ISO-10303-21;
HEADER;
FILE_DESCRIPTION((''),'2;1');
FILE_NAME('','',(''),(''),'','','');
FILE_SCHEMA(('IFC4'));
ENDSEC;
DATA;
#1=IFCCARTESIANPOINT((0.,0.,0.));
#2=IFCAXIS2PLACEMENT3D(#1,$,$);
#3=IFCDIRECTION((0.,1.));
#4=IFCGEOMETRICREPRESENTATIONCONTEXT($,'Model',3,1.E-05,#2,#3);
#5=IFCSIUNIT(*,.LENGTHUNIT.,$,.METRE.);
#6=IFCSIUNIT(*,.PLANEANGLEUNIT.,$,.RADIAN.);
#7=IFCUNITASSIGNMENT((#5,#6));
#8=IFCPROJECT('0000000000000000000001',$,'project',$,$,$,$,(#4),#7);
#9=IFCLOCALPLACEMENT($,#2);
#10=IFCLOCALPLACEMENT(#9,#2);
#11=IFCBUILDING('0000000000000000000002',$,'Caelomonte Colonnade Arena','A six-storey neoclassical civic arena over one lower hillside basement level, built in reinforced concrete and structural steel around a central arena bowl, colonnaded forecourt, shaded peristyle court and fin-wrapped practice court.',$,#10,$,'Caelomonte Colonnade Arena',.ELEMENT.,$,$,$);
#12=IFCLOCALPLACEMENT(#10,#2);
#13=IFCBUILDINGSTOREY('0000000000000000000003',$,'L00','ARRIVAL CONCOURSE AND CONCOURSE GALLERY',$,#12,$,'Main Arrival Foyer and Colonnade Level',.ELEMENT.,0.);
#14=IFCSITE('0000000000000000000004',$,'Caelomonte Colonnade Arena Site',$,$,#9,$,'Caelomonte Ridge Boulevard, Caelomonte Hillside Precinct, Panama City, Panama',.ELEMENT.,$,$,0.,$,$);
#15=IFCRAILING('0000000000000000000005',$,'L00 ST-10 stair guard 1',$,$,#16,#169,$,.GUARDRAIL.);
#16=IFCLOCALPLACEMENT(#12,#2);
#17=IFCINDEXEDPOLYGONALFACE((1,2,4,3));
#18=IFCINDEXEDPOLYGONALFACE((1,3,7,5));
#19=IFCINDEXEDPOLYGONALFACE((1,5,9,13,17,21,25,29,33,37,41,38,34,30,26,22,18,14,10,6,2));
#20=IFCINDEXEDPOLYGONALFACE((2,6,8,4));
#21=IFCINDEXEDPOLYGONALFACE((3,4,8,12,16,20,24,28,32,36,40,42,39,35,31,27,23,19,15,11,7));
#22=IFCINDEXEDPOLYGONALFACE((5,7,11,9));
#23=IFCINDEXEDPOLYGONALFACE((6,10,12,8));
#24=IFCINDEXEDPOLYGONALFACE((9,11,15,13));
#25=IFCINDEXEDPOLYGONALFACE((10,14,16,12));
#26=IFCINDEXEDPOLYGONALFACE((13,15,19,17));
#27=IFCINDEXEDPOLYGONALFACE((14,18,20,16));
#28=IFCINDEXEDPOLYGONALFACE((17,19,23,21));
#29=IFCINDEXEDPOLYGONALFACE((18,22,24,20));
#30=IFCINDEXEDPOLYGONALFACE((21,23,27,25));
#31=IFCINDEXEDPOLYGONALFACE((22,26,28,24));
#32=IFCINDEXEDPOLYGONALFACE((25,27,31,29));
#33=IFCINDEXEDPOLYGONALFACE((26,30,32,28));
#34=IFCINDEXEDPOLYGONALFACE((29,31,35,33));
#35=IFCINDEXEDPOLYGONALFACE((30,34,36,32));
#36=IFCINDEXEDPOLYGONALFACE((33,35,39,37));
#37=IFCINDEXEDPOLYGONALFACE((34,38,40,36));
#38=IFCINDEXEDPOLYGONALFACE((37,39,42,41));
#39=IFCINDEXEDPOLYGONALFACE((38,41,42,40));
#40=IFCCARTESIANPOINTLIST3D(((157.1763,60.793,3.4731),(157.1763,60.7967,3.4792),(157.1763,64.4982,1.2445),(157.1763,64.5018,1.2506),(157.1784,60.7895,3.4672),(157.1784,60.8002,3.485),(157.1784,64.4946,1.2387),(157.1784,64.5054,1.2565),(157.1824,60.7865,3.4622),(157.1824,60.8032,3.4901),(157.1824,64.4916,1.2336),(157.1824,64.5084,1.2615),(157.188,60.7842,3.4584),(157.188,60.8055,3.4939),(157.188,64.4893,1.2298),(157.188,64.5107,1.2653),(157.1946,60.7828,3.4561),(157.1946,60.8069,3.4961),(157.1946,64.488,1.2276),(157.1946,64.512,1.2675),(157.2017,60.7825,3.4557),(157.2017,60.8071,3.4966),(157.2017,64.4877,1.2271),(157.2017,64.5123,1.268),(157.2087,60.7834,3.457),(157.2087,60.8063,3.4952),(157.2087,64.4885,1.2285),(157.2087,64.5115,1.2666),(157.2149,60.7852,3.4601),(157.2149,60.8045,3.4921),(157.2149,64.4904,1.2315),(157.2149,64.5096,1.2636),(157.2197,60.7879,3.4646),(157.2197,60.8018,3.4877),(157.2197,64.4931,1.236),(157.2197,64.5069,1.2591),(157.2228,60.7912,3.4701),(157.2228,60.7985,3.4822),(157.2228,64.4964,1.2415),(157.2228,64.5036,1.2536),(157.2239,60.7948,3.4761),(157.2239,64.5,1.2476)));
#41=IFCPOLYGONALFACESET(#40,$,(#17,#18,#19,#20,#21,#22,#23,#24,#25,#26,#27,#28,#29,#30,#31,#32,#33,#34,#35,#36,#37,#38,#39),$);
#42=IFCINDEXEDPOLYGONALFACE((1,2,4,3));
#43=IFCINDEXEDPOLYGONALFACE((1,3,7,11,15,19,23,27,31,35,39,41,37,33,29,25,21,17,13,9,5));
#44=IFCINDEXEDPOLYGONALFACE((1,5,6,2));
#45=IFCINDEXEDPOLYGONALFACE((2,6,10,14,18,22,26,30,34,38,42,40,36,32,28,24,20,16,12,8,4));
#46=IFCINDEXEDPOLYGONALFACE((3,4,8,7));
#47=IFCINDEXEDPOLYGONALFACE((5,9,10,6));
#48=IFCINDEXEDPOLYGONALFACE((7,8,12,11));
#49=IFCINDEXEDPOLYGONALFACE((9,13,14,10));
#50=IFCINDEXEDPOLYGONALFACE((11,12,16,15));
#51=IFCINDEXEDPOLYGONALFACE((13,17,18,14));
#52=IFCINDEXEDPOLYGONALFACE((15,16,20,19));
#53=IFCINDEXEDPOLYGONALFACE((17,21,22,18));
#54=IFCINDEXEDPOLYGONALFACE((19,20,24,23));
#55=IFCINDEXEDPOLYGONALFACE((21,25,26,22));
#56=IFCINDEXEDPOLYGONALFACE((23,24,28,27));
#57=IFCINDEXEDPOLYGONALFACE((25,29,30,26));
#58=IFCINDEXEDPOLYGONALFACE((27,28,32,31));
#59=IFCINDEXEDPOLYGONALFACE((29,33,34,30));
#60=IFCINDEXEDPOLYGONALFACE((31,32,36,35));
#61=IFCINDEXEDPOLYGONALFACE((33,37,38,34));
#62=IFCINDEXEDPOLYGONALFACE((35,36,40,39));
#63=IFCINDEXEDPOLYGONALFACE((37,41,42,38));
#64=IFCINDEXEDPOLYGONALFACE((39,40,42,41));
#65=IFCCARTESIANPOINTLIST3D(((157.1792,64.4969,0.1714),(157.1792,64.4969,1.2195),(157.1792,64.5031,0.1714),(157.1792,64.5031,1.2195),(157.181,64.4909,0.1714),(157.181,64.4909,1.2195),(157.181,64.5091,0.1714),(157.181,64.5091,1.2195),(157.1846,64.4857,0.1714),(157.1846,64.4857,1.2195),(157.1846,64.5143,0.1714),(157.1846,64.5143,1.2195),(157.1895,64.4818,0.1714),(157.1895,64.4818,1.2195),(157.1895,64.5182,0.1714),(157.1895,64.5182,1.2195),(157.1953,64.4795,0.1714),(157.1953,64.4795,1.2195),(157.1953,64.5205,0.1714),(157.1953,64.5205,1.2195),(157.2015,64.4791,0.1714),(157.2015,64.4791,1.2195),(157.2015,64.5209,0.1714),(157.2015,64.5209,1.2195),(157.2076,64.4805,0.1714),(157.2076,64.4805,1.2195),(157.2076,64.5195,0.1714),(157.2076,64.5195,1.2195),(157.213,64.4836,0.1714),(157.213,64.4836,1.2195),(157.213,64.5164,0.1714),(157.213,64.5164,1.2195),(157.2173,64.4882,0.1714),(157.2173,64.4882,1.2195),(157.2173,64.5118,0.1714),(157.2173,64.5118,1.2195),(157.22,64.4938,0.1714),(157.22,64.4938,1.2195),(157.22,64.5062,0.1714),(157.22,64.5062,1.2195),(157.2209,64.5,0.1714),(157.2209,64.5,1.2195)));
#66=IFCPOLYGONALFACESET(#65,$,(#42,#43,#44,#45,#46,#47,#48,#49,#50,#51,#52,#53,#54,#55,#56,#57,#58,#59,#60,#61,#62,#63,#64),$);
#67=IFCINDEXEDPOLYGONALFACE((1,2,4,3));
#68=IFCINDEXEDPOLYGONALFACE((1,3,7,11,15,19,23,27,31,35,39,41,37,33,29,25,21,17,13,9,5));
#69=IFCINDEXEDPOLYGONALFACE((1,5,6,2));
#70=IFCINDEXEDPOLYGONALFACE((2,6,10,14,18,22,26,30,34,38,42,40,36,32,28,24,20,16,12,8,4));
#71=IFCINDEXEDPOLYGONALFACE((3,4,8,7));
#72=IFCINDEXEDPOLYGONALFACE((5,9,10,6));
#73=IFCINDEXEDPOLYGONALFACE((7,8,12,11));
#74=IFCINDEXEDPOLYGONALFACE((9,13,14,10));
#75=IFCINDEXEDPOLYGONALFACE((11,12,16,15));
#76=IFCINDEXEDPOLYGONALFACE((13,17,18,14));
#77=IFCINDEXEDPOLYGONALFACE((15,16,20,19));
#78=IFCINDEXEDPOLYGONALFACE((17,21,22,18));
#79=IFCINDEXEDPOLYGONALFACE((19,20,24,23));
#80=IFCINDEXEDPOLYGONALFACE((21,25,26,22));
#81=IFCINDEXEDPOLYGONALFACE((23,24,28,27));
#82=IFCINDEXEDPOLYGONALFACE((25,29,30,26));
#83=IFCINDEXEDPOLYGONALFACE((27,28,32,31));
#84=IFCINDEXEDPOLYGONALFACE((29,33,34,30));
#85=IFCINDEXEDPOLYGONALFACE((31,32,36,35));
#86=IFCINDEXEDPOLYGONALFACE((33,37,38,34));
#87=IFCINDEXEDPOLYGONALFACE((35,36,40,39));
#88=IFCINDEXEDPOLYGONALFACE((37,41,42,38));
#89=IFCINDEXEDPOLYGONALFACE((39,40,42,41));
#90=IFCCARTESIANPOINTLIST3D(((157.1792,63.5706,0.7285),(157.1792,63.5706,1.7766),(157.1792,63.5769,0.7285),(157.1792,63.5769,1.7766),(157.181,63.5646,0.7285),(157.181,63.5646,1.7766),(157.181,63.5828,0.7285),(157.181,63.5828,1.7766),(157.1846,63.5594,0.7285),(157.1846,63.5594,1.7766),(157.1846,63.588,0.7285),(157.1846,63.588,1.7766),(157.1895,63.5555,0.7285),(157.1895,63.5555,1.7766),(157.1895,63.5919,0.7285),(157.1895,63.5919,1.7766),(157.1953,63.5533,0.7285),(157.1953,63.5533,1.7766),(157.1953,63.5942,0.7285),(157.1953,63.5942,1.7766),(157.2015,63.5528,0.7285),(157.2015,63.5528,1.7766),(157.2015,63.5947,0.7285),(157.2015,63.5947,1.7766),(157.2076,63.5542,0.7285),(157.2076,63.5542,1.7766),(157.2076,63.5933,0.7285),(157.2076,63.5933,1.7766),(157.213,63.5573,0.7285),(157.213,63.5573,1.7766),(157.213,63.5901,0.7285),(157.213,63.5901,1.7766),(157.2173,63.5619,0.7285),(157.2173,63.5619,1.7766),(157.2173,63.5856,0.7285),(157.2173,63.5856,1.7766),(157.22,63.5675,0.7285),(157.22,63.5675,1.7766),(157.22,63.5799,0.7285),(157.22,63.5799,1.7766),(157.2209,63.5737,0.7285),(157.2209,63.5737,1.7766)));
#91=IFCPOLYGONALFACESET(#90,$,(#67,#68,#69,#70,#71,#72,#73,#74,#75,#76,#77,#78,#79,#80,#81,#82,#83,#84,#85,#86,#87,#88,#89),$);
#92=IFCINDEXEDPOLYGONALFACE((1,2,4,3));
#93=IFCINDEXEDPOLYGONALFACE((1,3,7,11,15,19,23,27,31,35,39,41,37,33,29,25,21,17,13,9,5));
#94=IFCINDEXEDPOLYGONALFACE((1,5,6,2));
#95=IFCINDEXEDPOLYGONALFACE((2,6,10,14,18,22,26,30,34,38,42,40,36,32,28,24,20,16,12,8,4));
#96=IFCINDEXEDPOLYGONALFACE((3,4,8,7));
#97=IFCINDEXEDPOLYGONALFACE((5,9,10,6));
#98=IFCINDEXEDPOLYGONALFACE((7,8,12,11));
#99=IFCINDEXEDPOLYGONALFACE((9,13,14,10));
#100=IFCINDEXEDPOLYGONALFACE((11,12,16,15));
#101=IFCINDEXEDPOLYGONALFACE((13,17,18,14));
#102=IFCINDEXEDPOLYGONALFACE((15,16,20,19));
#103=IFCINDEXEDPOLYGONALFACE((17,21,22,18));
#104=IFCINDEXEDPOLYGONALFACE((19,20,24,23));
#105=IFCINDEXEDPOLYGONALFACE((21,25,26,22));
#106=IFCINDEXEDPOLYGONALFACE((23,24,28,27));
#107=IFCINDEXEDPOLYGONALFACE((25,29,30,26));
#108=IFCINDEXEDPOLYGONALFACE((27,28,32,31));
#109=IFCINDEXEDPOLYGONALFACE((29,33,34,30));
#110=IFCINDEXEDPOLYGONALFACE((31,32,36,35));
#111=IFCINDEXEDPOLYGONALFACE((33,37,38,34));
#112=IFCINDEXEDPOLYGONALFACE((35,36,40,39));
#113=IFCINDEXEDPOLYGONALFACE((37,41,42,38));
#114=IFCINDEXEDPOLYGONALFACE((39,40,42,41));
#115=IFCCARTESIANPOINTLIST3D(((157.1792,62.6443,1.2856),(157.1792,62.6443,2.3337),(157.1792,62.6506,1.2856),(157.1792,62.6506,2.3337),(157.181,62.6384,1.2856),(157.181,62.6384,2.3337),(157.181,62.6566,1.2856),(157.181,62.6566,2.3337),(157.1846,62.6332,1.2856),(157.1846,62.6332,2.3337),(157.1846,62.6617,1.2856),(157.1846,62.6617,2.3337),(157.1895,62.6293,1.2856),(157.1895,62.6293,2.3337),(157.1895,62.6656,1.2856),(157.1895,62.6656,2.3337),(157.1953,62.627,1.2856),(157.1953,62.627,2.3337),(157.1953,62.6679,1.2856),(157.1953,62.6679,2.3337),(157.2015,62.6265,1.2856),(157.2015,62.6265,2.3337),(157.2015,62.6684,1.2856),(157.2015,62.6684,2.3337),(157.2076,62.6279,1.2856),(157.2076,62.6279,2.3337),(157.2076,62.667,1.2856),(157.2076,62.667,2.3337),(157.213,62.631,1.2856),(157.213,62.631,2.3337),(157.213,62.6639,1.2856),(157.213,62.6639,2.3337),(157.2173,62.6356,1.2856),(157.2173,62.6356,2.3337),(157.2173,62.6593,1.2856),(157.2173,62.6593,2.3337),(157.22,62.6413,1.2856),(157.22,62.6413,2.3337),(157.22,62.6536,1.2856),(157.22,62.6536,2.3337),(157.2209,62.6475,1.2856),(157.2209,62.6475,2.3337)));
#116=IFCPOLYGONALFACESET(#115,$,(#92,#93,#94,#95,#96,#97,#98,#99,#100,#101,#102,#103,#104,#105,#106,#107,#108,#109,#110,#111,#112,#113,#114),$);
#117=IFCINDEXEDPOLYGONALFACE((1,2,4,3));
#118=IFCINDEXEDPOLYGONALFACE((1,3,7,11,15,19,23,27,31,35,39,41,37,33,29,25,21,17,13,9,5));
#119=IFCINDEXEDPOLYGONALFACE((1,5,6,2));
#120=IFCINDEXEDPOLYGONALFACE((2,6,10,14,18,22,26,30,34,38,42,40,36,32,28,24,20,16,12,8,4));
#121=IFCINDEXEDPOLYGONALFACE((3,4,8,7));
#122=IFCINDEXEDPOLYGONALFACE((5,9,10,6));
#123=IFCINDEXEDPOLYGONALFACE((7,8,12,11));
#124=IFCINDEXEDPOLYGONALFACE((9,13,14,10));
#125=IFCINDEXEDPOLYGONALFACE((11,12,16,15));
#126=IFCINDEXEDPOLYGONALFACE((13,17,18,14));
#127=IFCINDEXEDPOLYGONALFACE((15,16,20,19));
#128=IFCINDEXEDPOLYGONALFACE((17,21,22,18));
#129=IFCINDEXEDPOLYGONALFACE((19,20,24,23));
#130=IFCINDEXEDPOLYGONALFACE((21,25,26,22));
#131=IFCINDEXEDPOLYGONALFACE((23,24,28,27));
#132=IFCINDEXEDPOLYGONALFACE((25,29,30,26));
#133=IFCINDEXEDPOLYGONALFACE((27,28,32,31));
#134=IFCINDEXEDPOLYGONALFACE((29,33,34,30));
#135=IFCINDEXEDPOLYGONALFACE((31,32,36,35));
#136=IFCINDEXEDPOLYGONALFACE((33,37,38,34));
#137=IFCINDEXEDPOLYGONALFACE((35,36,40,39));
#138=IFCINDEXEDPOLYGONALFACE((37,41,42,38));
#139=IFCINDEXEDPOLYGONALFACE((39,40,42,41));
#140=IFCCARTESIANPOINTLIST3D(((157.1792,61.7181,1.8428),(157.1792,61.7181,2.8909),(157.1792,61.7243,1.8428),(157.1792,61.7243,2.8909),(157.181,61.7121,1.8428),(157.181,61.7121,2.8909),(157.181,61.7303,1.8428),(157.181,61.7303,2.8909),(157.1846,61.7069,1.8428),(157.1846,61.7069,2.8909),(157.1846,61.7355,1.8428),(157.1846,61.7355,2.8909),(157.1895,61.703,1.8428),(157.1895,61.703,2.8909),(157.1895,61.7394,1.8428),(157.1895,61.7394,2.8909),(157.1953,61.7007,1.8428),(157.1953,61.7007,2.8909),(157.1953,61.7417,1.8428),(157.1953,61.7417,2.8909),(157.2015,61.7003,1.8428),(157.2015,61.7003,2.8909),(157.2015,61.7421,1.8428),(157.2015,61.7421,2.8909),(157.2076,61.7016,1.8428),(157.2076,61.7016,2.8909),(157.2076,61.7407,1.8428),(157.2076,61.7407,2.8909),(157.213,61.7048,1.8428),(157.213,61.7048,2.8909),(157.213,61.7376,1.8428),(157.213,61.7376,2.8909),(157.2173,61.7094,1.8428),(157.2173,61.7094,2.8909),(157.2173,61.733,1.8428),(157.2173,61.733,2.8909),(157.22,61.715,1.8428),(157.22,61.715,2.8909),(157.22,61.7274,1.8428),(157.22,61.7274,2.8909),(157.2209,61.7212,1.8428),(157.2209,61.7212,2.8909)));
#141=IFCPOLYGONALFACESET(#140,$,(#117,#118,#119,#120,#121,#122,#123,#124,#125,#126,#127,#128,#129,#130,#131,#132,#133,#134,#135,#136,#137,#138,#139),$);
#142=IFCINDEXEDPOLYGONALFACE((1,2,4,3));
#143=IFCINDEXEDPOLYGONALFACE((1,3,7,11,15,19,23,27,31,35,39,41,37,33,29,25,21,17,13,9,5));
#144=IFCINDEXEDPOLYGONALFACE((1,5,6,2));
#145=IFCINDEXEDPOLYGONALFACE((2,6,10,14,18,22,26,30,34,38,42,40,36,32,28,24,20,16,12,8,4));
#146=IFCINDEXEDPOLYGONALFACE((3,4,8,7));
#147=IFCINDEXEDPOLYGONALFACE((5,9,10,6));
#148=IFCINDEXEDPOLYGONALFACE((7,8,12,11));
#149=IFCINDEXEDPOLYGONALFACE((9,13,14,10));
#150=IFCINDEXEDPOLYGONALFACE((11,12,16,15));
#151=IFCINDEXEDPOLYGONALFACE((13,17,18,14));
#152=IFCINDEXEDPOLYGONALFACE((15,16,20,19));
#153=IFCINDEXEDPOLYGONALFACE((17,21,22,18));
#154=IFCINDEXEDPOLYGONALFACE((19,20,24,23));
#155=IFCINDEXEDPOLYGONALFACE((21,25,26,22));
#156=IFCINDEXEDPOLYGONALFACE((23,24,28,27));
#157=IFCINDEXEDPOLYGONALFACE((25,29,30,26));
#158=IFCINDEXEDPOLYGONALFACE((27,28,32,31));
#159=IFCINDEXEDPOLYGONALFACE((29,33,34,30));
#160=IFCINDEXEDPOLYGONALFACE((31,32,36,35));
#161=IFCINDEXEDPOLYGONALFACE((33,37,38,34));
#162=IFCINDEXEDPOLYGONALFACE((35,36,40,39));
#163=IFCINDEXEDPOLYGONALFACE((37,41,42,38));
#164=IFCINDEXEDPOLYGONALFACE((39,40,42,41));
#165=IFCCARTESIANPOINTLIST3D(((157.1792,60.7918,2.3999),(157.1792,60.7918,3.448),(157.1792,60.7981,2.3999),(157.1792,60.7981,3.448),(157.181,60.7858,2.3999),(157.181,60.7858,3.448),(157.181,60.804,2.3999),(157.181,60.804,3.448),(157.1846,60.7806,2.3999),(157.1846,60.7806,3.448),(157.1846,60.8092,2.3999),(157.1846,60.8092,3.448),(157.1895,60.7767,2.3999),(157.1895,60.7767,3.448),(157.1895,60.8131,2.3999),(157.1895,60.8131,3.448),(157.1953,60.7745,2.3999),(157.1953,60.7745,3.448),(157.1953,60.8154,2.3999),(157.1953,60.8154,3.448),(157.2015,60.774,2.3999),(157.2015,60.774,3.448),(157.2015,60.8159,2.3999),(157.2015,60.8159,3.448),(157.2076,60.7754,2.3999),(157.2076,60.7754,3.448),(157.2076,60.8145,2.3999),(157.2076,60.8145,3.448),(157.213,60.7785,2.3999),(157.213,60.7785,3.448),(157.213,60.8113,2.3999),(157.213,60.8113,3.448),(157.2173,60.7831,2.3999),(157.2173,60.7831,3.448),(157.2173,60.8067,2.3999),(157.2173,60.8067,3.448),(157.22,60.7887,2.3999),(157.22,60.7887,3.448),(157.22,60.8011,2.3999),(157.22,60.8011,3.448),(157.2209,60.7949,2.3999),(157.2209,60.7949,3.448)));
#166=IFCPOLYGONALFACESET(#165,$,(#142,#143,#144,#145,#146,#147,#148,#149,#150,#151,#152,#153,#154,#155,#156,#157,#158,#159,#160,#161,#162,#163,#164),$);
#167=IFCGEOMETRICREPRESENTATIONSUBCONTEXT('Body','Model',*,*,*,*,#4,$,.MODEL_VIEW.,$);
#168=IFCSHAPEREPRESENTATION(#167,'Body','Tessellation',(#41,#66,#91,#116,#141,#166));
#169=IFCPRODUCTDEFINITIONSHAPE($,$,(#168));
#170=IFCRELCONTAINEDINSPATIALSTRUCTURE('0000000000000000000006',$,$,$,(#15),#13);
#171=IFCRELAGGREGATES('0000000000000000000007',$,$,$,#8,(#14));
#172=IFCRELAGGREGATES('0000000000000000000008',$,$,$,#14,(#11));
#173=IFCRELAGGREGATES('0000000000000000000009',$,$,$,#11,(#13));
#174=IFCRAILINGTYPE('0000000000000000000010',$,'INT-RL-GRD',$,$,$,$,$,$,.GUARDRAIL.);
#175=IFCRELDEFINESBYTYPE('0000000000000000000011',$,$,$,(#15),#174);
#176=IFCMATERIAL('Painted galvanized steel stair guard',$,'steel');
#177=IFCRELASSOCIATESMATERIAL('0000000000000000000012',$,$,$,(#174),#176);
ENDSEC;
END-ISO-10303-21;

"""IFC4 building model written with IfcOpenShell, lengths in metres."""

from ifc_helpers import new_model, si_unit, direction, frame, origin, origin_2d, place, context, subcontext, project, spatial, circle, extrude, material, type_object, element, save


model = new_model("IFC4")

# Units and contexts
model_context = context("Model", 3, precision=1e-05, world=origin(), true_north=direction((0.0, 1.0)))
body_context = subcontext(model_context, "Body", "Model", "MODEL_VIEW")
ifc_project = project(units=[si_unit("LENGTHUNIT", "METRE"), si_unit("PLANEANGLEUNIT", "RADIAN")], contexts=[model_context])

# Site, building, storey
site_placement = place(None, origin())
site = spatial("IfcSite", under=ifc_project, at=site_placement, Name="Caelomonte Colonnade Arena Site", LongName="Caelomonte Ridge Boulevard, Caelomonte Hillside Precinct, Panama City, Panama", CompositionType="ELEMENT", RefElevation=0.0)
building_placement = place(site_placement, origin())
building = spatial("IfcBuilding", under=site, at=building_placement, Name="Caelomonte Colonnade Arena", Description="A six-storey neoclassical civic arena over one lower hillside basement level, built in reinforced concrete and structural steel around a central arena bowl, colonnaded forecourt, shaded peristyle court and fin-wrapped practice court.", LongName="Caelomonte Colonnade Arena", CompositionType="ELEMENT")
storey_placement = place(building_placement, origin())
storey = spatial("IfcBuildingStorey", under=building, at=storey_placement, Name="L00", Description="ARRIVAL CONCOURSE AND CONCOURSE GALLERY", LongName="Main Arrival Foyer and Colonnade Level", CompositionType="ELEMENT", Elevation=0.0)

# Railing
ifc_material_1 = material(Name="Painted galvanized steel stair guard", Category="steel")
railing_type_1 = type_object("IfcRailingType", Name="INT-RL-GRD", PredefinedType="GUARDRAIL", material=ifc_material_1)
railing_1_placement = place(storey_placement, frame((157.2, 64.5, 0.1714)))
element("IfcRailing", 1, at=railing_1_placement, inside=storey, type_object=railing_type_1, Name="L00 ST-10 stair guard 1", PredefinedType="GUARDRAIL", context=body_context, shape_type="SweptSolid", body=[
    extrude(circle(Radius=0.0239, at=origin_2d()), frame((0.0, 0.0, 1.0762), z_axis=(0.0, -0.856934, 0.515425), x_axis=(1.0, 0.0, 0.0)), (0.0, 0.0, 1.0), 4.3237),
    extrude(circle(Radius=0.021, at=origin_2d()), origin(), (0.0, 0.0, 1.0), 1.0481),
    extrude(circle(Radius=0.021, at=origin_2d()), frame((0.0, -0.9263, 0.5571)), (0.0, 0.0, 1.0), 1.0481),
    extrude(circle(Radius=0.021, at=origin_2d()), frame((0.0, -1.8525, 1.1143)), (0.0, 0.0, 1.0), 1.0481),
    extrude(circle(Radius=0.021, at=origin_2d()), frame((0.0, -2.7788, 1.6714)), (0.0, 0.0, 1.0), 1.0481),
    extrude(circle(Radius=0.021, at=origin_2d()), frame((0.0, -3.7051, 2.2285)), (0.0, 0.0, 1.0), 1.0481),
])

save(model, "model.ifc")
